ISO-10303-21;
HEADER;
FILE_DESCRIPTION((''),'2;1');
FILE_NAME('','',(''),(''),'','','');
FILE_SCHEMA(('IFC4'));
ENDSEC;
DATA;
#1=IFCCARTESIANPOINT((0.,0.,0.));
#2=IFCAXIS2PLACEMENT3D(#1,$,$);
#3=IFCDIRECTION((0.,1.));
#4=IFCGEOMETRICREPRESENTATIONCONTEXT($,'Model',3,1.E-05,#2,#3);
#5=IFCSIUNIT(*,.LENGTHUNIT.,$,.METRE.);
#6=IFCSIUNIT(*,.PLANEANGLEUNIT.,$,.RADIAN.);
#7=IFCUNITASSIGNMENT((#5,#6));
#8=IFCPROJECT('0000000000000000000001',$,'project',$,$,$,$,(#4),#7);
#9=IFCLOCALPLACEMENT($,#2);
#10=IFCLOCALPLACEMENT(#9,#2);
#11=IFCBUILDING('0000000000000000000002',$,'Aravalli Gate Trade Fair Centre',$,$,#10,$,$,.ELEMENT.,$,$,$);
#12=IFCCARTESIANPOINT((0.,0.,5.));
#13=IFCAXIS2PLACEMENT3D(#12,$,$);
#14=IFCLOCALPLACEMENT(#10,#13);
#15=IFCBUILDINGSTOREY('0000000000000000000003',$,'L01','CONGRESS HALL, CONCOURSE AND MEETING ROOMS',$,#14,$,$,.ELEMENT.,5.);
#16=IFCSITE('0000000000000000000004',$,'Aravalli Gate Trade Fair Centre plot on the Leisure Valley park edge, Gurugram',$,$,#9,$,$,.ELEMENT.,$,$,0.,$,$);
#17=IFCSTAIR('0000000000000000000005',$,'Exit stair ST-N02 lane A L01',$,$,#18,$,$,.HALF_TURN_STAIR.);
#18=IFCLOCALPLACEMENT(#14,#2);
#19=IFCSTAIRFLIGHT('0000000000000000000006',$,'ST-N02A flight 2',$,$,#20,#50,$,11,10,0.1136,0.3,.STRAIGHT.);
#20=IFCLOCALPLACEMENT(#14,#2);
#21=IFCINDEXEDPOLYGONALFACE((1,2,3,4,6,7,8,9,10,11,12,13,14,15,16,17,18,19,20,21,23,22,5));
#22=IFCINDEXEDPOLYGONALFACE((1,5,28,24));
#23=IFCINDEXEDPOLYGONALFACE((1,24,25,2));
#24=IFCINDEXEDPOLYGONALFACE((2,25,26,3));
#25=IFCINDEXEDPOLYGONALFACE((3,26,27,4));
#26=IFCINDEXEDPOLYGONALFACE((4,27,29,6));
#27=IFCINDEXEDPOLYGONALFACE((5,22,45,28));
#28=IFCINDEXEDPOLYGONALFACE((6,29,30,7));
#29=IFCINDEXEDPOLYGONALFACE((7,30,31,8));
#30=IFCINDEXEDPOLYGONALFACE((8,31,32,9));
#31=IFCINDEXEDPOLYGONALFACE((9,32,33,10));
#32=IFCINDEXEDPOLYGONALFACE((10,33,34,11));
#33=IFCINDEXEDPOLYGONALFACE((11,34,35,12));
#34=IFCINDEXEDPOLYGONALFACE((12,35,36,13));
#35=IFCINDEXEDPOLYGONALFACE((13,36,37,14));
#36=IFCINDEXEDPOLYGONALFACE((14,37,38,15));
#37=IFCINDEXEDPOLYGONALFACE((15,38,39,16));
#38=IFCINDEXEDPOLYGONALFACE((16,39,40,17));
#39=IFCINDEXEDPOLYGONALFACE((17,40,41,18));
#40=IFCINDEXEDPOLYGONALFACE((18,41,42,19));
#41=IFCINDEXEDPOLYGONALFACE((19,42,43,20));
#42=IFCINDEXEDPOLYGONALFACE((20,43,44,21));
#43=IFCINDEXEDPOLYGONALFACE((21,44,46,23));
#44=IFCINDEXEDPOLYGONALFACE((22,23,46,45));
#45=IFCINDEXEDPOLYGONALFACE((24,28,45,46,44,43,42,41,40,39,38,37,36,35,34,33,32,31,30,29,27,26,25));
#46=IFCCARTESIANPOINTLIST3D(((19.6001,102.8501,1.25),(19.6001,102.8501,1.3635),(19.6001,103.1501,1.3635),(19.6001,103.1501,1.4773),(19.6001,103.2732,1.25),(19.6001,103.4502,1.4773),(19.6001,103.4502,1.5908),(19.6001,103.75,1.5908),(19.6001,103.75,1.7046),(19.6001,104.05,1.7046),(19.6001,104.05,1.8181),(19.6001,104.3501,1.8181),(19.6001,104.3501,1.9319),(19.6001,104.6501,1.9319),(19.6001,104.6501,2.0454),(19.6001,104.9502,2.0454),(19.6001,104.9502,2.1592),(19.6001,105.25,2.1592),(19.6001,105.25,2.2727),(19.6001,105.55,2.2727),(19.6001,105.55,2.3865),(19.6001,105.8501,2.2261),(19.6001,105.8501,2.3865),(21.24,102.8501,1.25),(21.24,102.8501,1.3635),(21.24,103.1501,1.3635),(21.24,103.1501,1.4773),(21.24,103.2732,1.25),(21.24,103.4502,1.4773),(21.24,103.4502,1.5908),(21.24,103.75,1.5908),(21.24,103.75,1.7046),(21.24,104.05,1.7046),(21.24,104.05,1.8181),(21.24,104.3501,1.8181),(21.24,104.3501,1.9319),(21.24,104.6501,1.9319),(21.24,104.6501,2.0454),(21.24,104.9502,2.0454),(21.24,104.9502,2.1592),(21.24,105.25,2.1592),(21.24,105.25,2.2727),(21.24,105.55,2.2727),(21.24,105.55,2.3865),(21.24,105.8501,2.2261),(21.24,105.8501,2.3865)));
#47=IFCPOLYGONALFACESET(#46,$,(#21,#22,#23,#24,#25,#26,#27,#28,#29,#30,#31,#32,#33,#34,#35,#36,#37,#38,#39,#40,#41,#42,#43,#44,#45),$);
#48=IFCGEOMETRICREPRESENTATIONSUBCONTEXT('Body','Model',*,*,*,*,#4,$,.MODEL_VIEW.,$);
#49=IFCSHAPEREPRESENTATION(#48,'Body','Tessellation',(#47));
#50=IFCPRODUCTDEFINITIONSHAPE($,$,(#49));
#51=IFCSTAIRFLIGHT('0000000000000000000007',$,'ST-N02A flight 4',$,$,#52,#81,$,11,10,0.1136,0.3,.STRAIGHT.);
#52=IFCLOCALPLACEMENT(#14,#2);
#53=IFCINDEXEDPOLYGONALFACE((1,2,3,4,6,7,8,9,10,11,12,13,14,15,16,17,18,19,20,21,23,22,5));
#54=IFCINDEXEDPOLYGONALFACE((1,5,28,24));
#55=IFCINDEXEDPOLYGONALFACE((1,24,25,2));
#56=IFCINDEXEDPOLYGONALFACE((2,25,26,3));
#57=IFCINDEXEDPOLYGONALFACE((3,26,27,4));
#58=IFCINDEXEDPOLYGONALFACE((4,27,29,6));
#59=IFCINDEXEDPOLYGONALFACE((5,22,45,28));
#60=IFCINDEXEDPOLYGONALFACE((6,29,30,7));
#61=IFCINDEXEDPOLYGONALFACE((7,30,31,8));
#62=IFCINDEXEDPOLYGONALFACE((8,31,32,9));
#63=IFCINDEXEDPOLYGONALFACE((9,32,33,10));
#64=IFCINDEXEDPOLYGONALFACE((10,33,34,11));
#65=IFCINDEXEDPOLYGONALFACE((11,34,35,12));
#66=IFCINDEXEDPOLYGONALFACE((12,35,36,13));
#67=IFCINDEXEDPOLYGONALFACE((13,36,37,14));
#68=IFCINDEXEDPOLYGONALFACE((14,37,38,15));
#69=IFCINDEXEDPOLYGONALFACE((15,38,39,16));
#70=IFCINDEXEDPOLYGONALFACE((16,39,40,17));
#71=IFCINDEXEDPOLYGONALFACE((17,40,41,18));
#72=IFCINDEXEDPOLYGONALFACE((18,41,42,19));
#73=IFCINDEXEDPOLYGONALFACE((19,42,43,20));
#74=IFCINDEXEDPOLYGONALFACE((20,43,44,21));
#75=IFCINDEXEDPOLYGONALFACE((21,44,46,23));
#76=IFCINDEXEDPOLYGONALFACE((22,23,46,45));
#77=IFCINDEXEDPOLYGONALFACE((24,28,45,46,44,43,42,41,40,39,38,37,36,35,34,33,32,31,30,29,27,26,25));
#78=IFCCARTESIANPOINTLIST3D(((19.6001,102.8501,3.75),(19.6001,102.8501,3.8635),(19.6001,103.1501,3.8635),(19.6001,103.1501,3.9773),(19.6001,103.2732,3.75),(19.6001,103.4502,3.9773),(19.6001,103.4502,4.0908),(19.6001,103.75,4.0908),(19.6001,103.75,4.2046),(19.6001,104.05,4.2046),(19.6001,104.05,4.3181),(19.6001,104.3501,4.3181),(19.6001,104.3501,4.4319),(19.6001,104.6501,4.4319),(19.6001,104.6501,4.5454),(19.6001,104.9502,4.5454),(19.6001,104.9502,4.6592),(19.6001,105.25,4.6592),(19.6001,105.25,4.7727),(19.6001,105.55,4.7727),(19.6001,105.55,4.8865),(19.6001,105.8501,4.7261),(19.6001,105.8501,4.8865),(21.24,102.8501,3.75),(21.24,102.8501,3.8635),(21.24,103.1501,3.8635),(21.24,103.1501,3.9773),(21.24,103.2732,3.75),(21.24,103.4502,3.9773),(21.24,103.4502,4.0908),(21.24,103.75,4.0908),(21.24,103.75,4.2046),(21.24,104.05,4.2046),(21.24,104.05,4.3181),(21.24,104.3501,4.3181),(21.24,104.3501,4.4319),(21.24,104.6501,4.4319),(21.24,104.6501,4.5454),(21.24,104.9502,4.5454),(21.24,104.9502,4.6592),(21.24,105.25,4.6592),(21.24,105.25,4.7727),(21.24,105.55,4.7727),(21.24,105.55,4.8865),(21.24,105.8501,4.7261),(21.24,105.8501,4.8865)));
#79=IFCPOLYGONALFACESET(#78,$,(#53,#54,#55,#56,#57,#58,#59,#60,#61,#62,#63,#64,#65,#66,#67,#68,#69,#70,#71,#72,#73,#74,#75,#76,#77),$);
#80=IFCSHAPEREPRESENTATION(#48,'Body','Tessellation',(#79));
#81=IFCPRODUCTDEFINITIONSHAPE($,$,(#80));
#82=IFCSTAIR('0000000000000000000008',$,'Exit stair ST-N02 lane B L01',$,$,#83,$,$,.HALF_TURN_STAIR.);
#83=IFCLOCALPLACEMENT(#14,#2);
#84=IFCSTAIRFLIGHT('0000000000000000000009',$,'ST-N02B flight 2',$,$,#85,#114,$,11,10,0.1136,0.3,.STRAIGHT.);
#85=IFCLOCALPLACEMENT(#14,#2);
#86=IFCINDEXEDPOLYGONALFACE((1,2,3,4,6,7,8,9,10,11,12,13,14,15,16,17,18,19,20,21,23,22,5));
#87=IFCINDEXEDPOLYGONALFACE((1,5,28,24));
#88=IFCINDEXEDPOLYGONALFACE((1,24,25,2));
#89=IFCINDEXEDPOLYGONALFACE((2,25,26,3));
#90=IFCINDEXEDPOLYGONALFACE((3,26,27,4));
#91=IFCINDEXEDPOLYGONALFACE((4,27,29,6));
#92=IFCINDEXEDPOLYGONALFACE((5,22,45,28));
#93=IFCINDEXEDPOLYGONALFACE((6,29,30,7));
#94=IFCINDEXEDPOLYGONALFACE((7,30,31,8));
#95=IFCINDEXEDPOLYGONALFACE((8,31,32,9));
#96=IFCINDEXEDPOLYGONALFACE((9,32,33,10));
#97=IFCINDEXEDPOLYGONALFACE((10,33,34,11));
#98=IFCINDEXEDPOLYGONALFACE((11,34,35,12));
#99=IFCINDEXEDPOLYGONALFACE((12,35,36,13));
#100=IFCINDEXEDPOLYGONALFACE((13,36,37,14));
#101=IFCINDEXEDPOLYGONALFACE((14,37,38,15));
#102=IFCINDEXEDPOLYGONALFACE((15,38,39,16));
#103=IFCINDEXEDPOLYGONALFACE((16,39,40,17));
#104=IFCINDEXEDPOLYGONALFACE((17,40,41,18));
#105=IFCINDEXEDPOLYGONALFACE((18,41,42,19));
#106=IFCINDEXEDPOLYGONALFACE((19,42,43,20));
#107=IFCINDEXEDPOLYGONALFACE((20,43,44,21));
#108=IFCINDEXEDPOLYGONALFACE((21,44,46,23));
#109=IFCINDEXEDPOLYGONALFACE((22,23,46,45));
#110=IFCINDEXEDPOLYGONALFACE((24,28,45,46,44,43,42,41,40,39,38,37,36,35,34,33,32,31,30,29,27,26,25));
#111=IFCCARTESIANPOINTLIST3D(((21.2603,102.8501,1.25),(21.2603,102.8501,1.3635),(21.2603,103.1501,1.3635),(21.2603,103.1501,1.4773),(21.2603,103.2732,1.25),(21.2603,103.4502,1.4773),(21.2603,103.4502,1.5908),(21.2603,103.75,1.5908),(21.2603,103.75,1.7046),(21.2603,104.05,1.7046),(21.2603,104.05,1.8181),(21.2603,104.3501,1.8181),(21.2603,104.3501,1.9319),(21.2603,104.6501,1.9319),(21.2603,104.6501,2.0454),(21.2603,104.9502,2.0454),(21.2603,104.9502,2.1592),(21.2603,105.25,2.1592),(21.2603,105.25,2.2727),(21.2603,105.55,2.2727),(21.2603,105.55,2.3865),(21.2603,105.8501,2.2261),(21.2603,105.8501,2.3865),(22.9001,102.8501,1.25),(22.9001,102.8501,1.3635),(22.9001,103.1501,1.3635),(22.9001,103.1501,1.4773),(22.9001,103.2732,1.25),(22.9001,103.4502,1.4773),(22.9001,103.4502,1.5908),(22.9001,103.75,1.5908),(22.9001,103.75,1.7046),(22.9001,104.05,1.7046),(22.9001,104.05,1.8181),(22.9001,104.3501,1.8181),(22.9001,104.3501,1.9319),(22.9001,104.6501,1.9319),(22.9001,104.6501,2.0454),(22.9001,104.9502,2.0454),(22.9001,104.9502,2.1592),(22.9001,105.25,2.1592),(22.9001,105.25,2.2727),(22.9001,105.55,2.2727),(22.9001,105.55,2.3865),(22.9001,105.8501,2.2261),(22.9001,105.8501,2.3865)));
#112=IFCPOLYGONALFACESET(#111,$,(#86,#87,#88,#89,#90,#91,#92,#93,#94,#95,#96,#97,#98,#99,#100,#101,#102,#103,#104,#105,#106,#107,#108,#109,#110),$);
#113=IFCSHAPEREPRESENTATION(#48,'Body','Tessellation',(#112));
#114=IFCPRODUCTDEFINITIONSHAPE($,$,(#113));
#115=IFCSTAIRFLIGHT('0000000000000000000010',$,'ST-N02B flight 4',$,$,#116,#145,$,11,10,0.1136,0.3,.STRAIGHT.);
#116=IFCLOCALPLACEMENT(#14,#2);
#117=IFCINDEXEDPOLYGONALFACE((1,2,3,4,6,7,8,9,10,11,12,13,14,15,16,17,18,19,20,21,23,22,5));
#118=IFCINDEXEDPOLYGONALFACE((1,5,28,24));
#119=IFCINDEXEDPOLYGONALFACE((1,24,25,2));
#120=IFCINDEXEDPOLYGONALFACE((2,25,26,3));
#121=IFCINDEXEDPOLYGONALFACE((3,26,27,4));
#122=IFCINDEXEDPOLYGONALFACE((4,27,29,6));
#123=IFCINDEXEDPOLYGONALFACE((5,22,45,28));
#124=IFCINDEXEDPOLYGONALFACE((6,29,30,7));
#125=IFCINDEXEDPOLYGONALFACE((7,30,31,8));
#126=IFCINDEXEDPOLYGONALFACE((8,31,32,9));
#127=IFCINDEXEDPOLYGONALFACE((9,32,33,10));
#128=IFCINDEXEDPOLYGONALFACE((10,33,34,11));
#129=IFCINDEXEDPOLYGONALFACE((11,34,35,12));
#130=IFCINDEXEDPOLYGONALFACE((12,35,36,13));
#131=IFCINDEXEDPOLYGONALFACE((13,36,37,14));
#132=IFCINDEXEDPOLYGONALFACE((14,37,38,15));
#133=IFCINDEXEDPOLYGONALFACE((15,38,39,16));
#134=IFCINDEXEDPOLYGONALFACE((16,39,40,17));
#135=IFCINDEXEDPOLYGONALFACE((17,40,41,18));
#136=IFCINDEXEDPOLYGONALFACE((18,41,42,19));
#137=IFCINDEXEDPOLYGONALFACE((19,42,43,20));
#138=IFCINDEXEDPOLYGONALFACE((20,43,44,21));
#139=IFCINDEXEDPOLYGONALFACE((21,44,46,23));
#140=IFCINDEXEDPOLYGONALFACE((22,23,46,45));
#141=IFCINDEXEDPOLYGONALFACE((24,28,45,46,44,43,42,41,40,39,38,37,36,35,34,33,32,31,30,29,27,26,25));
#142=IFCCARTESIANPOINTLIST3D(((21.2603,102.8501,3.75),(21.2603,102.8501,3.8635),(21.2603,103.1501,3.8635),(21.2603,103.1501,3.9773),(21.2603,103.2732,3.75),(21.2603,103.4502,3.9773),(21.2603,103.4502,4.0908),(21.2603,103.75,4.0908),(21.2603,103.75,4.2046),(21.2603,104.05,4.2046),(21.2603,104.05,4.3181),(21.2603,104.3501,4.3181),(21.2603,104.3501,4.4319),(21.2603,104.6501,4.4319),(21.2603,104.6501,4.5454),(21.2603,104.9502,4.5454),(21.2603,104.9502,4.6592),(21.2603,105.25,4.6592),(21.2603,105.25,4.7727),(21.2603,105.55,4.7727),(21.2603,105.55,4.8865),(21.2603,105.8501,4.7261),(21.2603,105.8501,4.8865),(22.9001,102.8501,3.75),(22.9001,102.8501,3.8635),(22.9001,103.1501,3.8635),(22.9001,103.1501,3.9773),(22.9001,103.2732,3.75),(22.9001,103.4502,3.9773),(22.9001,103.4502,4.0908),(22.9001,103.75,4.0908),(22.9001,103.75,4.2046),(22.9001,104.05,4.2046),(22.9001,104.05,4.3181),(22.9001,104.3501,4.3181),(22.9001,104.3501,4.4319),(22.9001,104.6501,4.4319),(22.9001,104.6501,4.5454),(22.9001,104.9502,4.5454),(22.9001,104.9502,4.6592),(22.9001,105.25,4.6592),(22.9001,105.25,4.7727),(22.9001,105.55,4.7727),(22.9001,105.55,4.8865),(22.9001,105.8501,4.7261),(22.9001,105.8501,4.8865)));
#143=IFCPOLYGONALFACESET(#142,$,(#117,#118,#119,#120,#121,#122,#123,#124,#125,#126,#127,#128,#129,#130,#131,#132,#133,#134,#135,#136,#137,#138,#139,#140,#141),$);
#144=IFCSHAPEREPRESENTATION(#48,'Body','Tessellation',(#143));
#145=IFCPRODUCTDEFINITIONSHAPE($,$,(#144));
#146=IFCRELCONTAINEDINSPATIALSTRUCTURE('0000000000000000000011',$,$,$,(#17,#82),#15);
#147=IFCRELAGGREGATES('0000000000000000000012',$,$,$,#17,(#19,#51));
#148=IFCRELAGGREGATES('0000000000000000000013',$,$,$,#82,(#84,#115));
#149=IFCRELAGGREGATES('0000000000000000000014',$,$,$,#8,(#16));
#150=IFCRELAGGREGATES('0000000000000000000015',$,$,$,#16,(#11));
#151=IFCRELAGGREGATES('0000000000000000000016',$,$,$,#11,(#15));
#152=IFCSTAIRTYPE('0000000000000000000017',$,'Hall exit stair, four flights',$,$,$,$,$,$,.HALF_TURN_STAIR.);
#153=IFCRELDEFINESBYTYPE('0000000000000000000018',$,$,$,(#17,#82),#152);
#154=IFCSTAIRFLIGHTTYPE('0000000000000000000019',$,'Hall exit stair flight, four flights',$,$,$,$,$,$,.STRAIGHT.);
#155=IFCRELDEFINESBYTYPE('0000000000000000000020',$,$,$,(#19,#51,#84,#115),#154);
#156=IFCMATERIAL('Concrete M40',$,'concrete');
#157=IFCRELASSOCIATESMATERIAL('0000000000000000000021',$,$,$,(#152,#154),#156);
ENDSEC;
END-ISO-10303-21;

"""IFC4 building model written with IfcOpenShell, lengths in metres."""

from ifc_helpers import new_model, si_unit, direction, frame, origin, place, context, subcontext, project, spatial, polyline, outline, extrude, material, type_object, element, aggregate, save


model = new_model("IFC4")

# Units and contexts
model_context = context("Model", 3, precision=1e-05, world=origin(), true_north=direction((0.0, 1.0)))
body_context = subcontext(model_context, "Body", "Model", "MODEL_VIEW")
ifc_project = project(units=[si_unit("LENGTHUNIT", "METRE"), si_unit("PLANEANGLEUNIT", "RADIAN")], contexts=[model_context])

# Site, building, storey
site_placement = place(None, origin())
site = spatial("IfcSite", under=ifc_project, at=site_placement, Name="Aravalli Gate Trade Fair Centre plot on the Leisure Valley park edge, Gurugram", CompositionType="ELEMENT", RefElevation=0.0)
building_placement = place(site_placement, origin())
building = spatial("IfcBuilding", under=site, at=building_placement, Name="Aravalli Gate Trade Fair Centre", CompositionType="ELEMENT")
storey_placement = place(building_placement, frame((0.0, 0.0, 5.0)))
storey = spatial("IfcBuildingStorey", under=building, at=storey_placement, Name="L01", Description="CONGRESS HALL, CONCOURSE AND MEETING ROOMS", CompositionType="ELEMENT", Elevation=5.0)

# Shared definitions
ifc_material_1 = material(Name="Concrete M40", Category="concrete")

# Stairs, stair flights
stair_type = type_object("IfcStairType", Name="Hall exit stair, four flights", PredefinedType="HALF_TURN_STAIR", material=ifc_material_1)
stair_1_placement = place(storey_placement, origin())
stair_1 = element("IfcStair", 1, at=stair_1_placement, inside=storey, type_object=stair_type, Name="Exit stair ST-N02 lane A L01", PredefinedType="HALF_TURN_STAIR")
stair_flight_type = type_object("IfcStairFlightType", Name="Hall exit stair flight, four flights", PredefinedType="STRAIGHT", material=ifc_material_1)
stair_flight_1_placement = place(storey_placement, frame((20.4199, 102.8501, 1.25), z_axis=(0.0, 0.0, 1.0), x_axis=(0.0, 1.0, 0.0)))
stair_flight_1 = element("IfcStairFlight", 2, at=stair_flight_1_placement, type_object=stair_flight_type, Name="ST-N02A flight 2", NumberOfRisers=11, NumberOfTreads=10, PredefinedType="STRAIGHT", RiserHeight=0.1136, TreadLength=0.3, context=body_context, shape_type="SweptSolid", body=[
    extrude(outline(polyline([(0.0, 0.0), (0.0, 0.1135), (0.3, 0.1135), (0.3, 0.2273), (0.6001, 0.2273), (0.6001, 0.3408), (0.8999, 0.3408), (0.8999, 0.4546), (1.2, 0.4546), (1.2, 0.5681), (1.5, 0.5681), (1.5, 0.6819), (1.8, 0.6819), (1.8, 0.7954), (2.1001, 0.7954), (2.1001, 0.9092), (2.3999, 0.9092), (2.3999, 1.0227), (2.7, 1.0227), (2.7, 1.1365), (3.0, 1.1365), (3.0, 1.25), (3.0, 0.9761), (0.4231, 0.0), (0.0, 0.0)])), frame((0.0, 0.8198, 0.0), z_axis=(0.0, -1.0, 0.0), x_axis=(1.0, 0.0, 0.0)), (0.0, 0.0, 1.0), 1.6399),
])
stair_flight_2_placement = place(storey_placement, frame((20.4199, 102.8501, 3.75), z_axis=(0.0, 0.0, 1.0), x_axis=(0.0, 1.0, 0.0)))
stair_flight_2 = element("IfcStairFlight", 3, at=stair_flight_2_placement, type_object=stair_flight_type, Name="ST-N02A flight 4", NumberOfRisers=11, NumberOfTreads=10, PredefinedType="STRAIGHT", RiserHeight=0.1136, TreadLength=0.3, context=body_context, shape_type="SweptSolid", body=[
    extrude(outline(polyline([(0.0, 0.0), (0.0, 0.1135), (0.3, 0.1135), (0.3, 0.2273), (0.6001, 0.2273), (0.6001, 0.3408), (0.8999, 0.3408), (0.8999, 0.4546), (1.2, 0.4546), (1.2, 0.5681), (1.5, 0.5681), (1.5, 0.6819), (1.8, 0.6819), (1.8, 0.7954), (2.1001, 0.7954), (2.1001, 0.9092), (2.3999, 0.9092), (2.3999, 1.0227), (2.7, 1.0227), (2.7, 1.1365), (3.0, 1.1365), (3.0, 1.25), (3.0, 0.9761), (0.4231, 0.0), (0.0, 0.0)])), frame((0.0, 0.8198, 0.0), z_axis=(0.0, -1.0, 0.0), x_axis=(1.0, 0.0, 0.0)), (0.0, 0.0, 1.0), 1.6399),
])
aggregate(stair_1, [stair_flight_1, stair_flight_2])
stair_2_placement = place(storey_placement, origin())
stair_2 = element("IfcStair", 4, at=stair_2_placement, inside=storey, type_object=stair_type, Name="Exit stair ST-N02 lane B L01", PredefinedType="HALF_TURN_STAIR")
stair_flight_3_placement = place(storey_placement, frame((22.0801, 102.8501, 1.25), z_axis=(0.0, 0.0, 1.0), x_axis=(0.0, 1.0, 0.0)))
stair_flight_3 = element("IfcStairFlight", 5, at=stair_flight_3_placement, type_object=stair_flight_type, Name="ST-N02B flight 2", NumberOfRisers=11, NumberOfTreads=10, PredefinedType="STRAIGHT", RiserHeight=0.1136, TreadLength=0.3, context=body_context, shape_type="SweptSolid", body=[
    extrude(outline(polyline([(0.0, 0.0), (0.0, 0.1135), (0.3, 0.1135), (0.3, 0.2273), (0.6001, 0.2273), (0.6001, 0.3408), (0.8999, 0.3408), (0.8999, 0.4546), (1.2, 0.4546), (1.2, 0.5681), (1.5, 0.5681), (1.5, 0.6819), (1.8, 0.6819), (1.8, 0.7954), (2.1001, 0.7954), (2.1001, 0.9092), (2.3999, 0.9092), (2.3999, 1.0227), (2.7, 1.0227), (2.7, 1.1365), (3.0, 1.1365), (3.0, 1.25), (3.0, 0.9761), (0.4231, 0.0), (0.0, 0.0)])), frame((0.0, 0.8198, 0.0), z_axis=(0.0, -1.0, 0.0), x_axis=(1.0, 0.0, 0.0)), (0.0, 0.0, 1.0), 1.6399),
])
stair_flight_4_placement = place(storey_placement, frame((22.0801, 102.8501, 3.75), z_axis=(0.0, 0.0, 1.0), x_axis=(0.0, 1.0, 0.0)))
stair_flight_4 = element("IfcStairFlight", 6, at=stair_flight_4_placement, type_object=stair_flight_type, Name="ST-N02B flight 4", NumberOfRisers=11, NumberOfTreads=10, PredefinedType="STRAIGHT", RiserHeight=0.1136, TreadLength=0.3, context=body_context, shape_type="SweptSolid", body=[
    extrude(outline(polyline([(0.0, 0.0), (0.0, 0.1135), (0.3, 0.1135), (0.3, 0.2273), (0.6001, 0.2273), (0.6001, 0.3408), (0.8999, 0.3408), (0.8999, 0.4546), (1.2, 0.4546), (1.2, 0.5681), (1.5, 0.5681), (1.5, 0.6819), (1.8, 0.6819), (1.8, 0.7954), (2.1001, 0.7954), (2.1001, 0.9092), (2.3999, 0.9092), (2.3999, 1.0227), (2.7, 1.0227), (2.7, 1.1365), (3.0, 1.1365), (3.0, 1.25), (3.0, 0.9761), (0.4231, 0.0), (0.0, 0.0)])), frame((0.0, 0.8198, 0.0), z_axis=(0.0, -1.0, 0.0), x_axis=(1.0, 0.0, 0.0)), (0.0, 0.0, 1.0), 1.6399),
])
aggregate(stair_2, [stair_flight_3, stair_flight_4])

save(model, "model.ifc")
